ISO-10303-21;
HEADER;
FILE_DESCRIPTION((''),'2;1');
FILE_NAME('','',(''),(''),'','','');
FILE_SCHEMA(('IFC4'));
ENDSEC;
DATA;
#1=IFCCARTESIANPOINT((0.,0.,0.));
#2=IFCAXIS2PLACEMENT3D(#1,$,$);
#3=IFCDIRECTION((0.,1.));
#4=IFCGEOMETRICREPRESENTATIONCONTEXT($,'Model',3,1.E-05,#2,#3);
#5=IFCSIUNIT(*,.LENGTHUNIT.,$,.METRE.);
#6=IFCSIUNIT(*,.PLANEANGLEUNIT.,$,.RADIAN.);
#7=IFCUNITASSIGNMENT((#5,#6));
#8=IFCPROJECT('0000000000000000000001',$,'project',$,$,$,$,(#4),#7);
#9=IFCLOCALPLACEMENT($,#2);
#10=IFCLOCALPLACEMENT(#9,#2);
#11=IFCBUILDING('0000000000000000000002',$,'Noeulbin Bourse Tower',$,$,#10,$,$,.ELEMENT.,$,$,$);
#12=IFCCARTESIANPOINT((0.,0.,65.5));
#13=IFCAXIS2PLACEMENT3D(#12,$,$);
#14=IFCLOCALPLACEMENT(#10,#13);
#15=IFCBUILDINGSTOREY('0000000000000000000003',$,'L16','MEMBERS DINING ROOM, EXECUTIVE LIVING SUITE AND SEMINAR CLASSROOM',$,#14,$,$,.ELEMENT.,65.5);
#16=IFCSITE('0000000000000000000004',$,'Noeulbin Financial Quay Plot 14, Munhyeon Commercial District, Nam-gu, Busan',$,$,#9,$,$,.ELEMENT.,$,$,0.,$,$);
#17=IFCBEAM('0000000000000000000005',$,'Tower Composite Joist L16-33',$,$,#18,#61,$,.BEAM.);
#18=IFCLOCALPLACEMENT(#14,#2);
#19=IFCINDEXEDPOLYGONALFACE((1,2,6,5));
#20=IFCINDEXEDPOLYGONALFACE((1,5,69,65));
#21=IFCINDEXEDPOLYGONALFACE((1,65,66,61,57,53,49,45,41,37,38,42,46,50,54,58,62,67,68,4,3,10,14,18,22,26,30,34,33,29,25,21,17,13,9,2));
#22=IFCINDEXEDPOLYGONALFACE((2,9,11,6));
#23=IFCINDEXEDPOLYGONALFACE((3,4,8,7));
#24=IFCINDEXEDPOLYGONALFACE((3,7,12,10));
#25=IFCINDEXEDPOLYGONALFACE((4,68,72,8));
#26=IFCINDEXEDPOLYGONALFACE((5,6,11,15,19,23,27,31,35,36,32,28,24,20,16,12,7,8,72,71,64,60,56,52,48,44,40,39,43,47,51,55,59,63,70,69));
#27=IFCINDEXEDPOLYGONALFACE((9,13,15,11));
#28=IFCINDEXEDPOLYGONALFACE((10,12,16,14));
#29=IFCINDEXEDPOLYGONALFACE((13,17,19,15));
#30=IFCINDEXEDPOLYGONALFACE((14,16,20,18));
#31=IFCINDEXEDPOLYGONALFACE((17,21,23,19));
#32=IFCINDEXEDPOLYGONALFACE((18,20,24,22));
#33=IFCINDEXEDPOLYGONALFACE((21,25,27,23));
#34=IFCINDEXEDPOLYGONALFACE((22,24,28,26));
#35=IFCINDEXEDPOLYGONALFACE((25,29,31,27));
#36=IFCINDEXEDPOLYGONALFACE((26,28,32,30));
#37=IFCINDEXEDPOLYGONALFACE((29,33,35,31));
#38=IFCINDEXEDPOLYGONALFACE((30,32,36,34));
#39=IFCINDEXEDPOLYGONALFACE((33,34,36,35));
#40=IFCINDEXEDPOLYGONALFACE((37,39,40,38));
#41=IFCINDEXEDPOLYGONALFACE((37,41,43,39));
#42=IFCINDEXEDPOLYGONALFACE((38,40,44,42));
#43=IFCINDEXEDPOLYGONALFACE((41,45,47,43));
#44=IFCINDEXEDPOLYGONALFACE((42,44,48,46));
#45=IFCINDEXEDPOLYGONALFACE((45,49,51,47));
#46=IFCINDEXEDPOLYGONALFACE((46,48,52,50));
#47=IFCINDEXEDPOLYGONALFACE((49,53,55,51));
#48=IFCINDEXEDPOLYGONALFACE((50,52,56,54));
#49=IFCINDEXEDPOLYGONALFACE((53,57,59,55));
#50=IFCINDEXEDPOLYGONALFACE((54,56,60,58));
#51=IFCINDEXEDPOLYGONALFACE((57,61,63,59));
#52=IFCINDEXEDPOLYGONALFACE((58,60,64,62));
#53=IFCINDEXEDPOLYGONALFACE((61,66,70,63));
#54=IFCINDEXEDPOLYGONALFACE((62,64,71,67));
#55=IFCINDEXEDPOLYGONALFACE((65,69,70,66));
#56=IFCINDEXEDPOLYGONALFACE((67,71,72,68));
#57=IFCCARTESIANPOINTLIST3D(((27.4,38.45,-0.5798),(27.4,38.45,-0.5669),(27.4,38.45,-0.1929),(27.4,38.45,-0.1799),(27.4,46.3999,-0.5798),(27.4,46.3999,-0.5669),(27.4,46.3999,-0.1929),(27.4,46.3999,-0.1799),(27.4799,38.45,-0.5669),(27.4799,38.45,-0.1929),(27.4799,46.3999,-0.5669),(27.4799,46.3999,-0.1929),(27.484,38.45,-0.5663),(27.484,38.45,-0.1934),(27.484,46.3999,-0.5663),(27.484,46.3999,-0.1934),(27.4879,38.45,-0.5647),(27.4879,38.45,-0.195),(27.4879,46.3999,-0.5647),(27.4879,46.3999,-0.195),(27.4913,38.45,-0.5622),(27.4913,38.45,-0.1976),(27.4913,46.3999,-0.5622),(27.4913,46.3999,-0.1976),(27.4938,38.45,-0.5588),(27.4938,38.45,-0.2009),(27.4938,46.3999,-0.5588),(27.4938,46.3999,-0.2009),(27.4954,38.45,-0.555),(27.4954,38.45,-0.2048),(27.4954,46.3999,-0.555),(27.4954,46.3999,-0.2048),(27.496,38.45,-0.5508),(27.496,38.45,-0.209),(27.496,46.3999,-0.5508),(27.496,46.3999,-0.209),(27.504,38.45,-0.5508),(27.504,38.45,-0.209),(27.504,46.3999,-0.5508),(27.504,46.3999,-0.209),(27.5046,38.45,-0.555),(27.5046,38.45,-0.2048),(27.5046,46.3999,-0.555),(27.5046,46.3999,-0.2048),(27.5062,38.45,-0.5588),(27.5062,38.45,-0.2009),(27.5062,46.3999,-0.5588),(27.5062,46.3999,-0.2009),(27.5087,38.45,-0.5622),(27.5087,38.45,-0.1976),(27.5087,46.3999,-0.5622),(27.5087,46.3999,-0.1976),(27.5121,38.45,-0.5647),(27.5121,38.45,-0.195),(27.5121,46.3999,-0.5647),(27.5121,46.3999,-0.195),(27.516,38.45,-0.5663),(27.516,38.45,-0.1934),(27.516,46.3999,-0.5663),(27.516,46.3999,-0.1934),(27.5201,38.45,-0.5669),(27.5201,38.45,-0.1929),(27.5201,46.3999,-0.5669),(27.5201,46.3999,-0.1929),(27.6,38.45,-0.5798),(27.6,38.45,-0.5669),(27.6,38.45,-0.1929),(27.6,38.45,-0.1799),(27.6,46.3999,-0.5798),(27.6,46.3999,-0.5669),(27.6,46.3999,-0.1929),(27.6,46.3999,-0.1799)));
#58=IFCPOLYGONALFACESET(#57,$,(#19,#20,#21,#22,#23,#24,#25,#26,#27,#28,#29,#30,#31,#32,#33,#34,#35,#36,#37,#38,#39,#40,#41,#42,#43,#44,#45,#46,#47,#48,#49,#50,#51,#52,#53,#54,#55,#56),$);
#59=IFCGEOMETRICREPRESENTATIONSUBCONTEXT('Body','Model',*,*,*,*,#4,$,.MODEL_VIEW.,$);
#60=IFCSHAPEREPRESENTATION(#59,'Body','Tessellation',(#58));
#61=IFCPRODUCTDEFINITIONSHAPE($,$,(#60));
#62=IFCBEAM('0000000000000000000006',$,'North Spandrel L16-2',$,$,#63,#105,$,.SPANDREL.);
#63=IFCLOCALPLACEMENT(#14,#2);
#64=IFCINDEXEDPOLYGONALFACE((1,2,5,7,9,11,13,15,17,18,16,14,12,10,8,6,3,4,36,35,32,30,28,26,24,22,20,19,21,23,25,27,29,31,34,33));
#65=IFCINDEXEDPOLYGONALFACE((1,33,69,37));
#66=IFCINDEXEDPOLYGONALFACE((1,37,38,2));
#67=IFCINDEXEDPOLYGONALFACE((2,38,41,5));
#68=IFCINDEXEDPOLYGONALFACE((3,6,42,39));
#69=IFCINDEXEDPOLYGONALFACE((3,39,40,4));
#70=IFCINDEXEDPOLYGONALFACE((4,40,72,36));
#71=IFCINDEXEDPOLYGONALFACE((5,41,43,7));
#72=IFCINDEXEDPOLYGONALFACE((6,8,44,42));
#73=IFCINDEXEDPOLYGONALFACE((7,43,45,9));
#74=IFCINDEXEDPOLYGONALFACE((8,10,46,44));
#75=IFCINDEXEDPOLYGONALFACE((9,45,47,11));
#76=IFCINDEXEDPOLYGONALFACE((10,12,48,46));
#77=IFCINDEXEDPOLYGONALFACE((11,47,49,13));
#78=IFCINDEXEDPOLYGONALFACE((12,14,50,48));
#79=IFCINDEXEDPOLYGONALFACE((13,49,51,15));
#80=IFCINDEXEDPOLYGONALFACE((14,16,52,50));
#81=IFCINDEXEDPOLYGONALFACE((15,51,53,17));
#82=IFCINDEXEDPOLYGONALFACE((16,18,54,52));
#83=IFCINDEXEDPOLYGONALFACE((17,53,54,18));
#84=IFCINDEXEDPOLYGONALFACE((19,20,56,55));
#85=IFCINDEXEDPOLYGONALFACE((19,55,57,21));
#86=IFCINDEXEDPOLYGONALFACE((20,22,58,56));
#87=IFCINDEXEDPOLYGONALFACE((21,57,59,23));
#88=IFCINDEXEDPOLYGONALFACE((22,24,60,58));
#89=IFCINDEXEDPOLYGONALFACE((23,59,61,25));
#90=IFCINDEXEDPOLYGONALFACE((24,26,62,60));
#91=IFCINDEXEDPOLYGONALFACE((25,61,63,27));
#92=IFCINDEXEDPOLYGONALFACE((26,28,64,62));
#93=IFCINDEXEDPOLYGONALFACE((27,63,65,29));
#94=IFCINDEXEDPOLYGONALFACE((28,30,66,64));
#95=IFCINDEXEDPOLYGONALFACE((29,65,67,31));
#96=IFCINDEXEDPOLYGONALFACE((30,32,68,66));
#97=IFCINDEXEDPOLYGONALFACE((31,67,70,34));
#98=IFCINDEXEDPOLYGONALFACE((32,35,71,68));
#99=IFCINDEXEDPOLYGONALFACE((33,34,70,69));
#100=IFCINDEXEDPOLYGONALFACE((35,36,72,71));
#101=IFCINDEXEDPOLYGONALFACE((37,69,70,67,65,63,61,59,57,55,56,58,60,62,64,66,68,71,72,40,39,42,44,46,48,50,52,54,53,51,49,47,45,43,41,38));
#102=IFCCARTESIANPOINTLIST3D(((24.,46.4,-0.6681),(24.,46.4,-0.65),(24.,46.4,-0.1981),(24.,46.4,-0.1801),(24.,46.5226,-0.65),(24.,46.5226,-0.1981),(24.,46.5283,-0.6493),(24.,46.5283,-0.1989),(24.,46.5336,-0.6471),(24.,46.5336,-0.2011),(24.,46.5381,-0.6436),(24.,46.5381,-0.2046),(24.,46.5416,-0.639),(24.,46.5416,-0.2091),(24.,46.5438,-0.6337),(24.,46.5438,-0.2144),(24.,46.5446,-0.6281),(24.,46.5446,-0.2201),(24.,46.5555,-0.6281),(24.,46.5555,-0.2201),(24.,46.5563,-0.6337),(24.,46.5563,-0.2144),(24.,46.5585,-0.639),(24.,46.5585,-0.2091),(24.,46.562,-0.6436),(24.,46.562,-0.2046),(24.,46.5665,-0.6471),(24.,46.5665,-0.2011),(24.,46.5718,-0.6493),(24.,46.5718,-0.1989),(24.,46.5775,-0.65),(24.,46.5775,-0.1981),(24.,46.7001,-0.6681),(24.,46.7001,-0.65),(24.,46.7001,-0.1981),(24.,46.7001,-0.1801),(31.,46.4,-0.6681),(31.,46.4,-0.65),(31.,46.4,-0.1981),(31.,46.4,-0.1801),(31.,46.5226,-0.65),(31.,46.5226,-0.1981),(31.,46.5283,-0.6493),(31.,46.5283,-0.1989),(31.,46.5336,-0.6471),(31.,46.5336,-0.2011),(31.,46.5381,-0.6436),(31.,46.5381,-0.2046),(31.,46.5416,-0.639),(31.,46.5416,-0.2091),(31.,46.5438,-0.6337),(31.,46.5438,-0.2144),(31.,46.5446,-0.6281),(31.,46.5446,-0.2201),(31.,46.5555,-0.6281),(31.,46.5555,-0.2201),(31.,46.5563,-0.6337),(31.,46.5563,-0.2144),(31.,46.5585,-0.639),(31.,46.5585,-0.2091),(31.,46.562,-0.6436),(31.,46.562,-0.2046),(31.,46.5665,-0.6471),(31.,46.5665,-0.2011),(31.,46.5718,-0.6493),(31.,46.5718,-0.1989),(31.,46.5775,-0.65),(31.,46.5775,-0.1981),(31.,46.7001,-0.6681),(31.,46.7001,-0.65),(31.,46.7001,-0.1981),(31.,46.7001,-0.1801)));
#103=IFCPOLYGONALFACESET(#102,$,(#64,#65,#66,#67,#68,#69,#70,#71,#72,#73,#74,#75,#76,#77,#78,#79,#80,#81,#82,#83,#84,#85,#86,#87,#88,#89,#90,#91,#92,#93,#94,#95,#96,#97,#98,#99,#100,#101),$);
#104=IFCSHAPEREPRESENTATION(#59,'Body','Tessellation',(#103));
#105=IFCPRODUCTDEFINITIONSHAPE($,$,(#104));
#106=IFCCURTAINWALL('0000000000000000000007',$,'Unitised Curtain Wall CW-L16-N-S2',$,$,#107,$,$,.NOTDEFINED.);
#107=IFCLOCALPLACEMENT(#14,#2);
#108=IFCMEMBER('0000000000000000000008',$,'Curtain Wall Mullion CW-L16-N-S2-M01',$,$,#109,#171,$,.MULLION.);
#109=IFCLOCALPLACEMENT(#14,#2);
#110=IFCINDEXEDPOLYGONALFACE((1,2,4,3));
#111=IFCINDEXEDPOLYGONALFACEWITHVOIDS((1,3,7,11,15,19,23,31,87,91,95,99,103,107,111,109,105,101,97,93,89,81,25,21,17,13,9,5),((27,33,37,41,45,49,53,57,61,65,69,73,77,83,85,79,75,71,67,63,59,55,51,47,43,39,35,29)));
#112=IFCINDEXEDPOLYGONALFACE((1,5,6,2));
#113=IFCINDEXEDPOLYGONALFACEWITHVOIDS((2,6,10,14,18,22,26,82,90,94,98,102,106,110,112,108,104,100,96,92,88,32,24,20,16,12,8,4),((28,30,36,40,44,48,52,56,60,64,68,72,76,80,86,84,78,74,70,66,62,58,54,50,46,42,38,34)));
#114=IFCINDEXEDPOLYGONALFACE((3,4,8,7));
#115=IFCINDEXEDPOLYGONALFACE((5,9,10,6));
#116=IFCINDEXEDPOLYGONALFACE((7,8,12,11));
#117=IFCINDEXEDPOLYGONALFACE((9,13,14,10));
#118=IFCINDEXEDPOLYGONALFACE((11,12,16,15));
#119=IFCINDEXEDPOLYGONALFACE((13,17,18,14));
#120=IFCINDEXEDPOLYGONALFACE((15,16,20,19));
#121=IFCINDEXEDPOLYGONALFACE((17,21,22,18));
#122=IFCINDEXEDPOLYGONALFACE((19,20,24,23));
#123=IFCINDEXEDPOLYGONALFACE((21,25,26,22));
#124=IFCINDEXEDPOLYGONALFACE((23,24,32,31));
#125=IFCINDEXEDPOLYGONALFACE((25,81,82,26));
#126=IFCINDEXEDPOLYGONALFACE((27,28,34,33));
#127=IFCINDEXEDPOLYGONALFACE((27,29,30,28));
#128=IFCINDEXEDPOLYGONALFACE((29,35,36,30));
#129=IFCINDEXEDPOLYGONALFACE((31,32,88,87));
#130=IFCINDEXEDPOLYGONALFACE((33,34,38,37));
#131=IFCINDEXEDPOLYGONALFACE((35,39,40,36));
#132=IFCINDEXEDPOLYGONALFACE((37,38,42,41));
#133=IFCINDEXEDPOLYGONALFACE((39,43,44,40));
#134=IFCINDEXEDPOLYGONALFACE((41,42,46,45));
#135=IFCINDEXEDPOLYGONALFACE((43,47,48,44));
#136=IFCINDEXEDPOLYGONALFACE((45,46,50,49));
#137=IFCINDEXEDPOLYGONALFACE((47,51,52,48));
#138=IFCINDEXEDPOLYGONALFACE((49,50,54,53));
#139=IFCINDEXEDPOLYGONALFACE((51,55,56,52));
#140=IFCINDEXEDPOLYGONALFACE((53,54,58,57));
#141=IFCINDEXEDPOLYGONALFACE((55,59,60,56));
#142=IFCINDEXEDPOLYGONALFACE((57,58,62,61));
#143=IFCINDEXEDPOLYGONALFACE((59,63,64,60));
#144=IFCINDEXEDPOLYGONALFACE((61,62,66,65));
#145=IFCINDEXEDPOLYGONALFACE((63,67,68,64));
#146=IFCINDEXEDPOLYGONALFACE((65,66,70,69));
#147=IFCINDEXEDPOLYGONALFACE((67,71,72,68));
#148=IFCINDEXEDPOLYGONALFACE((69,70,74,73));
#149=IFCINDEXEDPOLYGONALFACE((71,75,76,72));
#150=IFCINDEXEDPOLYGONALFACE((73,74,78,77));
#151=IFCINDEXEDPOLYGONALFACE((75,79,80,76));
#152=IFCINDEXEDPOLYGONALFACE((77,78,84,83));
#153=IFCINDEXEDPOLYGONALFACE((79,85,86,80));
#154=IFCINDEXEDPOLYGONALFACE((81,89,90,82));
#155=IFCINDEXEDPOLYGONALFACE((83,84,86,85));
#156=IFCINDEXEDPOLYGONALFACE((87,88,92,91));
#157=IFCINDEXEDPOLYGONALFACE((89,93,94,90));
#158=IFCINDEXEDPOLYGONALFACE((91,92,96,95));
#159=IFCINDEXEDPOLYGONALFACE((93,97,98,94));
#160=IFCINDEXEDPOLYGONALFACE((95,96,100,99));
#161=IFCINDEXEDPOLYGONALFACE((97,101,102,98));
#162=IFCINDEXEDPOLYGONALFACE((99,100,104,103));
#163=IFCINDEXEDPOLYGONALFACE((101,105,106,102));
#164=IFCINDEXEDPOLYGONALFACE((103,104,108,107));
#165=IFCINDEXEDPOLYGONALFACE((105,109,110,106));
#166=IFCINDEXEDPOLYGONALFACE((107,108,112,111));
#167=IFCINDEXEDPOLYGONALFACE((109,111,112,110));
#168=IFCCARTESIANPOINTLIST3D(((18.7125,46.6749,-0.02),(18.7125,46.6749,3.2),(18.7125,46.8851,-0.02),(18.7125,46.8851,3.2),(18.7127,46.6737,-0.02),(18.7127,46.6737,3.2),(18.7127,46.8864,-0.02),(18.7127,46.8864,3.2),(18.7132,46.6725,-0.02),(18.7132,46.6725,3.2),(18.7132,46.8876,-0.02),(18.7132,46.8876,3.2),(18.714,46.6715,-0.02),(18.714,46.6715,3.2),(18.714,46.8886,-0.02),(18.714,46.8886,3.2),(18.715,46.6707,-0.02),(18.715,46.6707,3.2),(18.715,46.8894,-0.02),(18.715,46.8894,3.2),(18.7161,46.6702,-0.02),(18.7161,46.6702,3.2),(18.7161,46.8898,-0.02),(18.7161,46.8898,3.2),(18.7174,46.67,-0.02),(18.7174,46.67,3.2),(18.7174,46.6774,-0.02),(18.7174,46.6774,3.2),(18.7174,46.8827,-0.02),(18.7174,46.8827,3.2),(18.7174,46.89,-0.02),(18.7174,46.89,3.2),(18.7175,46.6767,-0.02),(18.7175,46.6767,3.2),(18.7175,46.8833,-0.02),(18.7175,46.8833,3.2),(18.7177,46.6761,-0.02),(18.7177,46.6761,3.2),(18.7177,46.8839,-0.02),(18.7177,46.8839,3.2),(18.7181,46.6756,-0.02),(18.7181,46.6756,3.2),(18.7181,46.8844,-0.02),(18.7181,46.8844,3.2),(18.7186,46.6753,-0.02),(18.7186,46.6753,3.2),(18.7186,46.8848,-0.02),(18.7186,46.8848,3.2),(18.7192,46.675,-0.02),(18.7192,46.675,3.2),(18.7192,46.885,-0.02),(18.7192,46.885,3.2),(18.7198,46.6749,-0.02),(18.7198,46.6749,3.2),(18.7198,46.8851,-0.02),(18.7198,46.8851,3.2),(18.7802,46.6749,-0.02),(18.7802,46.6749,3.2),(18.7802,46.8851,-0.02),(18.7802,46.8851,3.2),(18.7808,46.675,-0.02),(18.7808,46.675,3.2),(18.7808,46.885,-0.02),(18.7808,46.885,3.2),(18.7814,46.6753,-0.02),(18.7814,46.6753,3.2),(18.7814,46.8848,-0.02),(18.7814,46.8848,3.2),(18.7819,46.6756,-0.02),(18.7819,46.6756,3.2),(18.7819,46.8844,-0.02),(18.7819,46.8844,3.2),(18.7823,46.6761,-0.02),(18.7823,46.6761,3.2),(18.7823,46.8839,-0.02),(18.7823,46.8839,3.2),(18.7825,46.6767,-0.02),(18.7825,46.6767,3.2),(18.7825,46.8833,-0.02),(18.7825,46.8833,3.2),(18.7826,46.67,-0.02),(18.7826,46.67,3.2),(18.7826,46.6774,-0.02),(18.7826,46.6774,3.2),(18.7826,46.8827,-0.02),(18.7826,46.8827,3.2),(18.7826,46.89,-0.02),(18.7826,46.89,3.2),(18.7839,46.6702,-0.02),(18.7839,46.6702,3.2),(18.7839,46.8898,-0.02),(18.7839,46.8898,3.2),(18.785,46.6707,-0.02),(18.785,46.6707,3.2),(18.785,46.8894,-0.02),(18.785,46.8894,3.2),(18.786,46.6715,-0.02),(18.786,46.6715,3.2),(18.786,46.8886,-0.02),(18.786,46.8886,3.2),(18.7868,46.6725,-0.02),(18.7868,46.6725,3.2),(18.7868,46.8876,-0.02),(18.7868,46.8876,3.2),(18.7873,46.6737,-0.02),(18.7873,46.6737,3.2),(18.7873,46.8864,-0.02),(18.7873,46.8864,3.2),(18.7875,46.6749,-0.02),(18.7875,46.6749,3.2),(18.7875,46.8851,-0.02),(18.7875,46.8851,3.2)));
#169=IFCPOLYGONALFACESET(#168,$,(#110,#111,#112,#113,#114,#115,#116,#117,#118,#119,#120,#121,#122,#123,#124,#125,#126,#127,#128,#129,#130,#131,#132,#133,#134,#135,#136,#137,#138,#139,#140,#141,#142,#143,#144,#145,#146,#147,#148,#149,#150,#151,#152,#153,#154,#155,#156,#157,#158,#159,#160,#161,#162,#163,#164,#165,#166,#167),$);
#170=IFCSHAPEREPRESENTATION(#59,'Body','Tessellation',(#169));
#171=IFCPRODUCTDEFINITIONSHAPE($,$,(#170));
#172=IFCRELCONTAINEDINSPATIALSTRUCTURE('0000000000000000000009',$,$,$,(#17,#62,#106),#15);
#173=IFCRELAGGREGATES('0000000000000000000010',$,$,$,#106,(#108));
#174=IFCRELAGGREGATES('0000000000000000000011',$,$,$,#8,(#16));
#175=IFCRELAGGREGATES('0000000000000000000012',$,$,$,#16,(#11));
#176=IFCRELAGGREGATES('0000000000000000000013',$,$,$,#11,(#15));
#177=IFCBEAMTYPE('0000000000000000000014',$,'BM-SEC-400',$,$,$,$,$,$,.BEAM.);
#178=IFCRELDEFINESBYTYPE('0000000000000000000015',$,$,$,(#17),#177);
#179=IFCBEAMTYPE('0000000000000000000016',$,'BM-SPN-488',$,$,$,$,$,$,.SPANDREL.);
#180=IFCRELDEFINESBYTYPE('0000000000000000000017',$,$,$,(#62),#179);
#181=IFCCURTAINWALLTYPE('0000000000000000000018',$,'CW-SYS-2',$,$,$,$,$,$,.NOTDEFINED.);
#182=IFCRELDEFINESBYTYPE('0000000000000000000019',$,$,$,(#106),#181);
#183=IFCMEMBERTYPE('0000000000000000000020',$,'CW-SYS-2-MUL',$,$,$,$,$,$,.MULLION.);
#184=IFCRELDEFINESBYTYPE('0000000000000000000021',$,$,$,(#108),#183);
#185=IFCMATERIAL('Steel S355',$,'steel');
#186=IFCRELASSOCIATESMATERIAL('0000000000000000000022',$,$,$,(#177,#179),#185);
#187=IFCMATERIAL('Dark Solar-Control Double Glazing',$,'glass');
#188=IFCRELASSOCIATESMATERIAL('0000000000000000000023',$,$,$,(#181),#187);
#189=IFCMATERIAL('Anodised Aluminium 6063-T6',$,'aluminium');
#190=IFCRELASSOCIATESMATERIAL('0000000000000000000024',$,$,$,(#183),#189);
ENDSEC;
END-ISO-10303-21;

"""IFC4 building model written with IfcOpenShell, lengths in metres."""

from ifc_helpers import new_model, si_unit, direction, frame, origin, origin_2d, place, context, subcontext, project, spatial, hollow_rectangle, i_section, extrude, material, material_profile, profile_set, type_object, element, aggregate, save


model = new_model("IFC4")

# Units and contexts
model_context = context("Model", 3, precision=1e-05, world=origin(), true_north=direction((0.0, 1.0)))
body_context = subcontext(model_context, "Body", "Model", "MODEL_VIEW")
ifc_project = project(units=[si_unit("LENGTHUNIT", "METRE"), si_unit("PLANEANGLEUNIT", "RADIAN")], contexts=[model_context])

# Site, building, storey
site_placement = place(None, origin())
site = spatial("IfcSite", under=ifc_project, at=site_placement, Name="Noeulbin Financial Quay Plot 14, Munhyeon Commercial District, Nam-gu, Busan", CompositionType="ELEMENT", RefElevation=0.0)
building_placement = place(site_placement, origin())
building = spatial("IfcBuilding", under=site, at=building_placement, Name="Noeulbin Bourse Tower", CompositionType="ELEMENT")
storey_placement = place(building_placement, frame((0.0, 0.0, 65.5)))
storey = spatial("IfcBuildingStorey", under=building, at=storey_placement, Name="L16", Description="MEMBERS DINING ROOM, EXECUTIVE LIVING SUITE AND SEMINAR CLASSROOM", CompositionType="ELEMENT", Elevation=65.5)

# Beams
ifc_material_1 = material(Name="Steel S355", Category="steel")
ifc_material_profile_1 = material_profile(ifc_material_1, i_section(OverallWidth=0.2, OverallDepth=0.3999, WebThickness=0.0081, FlangeThickness=0.0129, FilletRadius=0.0161, at=origin_2d()), Name="H-400x200x8x13", Category="LoadBearing")
ifc_profile_set_1 = profile_set([ifc_material_profile_1], Name="Steel S355")
beam_type_1 = type_object("IfcBeamType", Name="BM-SEC-400", PredefinedType="BEAM", material=ifc_profile_set_1)
for number, where, z_axis, x_axis, name in (
    (1, (27.5, 38.45, -0.3799), (0.0, 1.0, 0.0), (-1.0, 0.0, 0.0), "Tower Composite Joist L16-33"),
):
    element("IfcBeam", number, at=place(storey_placement, frame(where, z_axis=z_axis, x_axis=x_axis)), inside=storey, type_object=beam_type_1, Name=name, PredefinedType="BEAM", context=body_context, shape_type="SweptSolid", body=[
        extrude(i_section(OverallWidth=0.2, OverallDepth=0.3999, WebThickness=0.0081, FlangeThickness=0.0129, FilletRadius=0.0161, at=origin_2d()), origin(), (0.0, 0.0, 1.0), 7.95),
    ])
ifc_material_profile_2 = material_profile(ifc_material_1, i_section(OverallWidth=0.3, OverallDepth=0.488, WebThickness=0.011, FlangeThickness=0.0181, FilletRadius=0.022, at=origin_2d()), Name="H-488x300x11x18", Category="LoadBearing")
ifc_profile_set_2 = profile_set([ifc_material_profile_2], Name="Steel S355")
beam_type_2 = type_object("IfcBeamType", Name="BM-SPN-488", PredefinedType="SPANDREL", material=ifc_profile_set_2)
beam_1_placement = place(storey_placement, frame((24.0, 46.55, -0.4241), z_axis=(1.0, 0.0, 0.0), x_axis=(0.0, 1.0, 0.0)))
element("IfcBeam", 2, at=beam_1_placement, inside=storey, type_object=beam_type_2, Name="North Spandrel L16-2", PredefinedType="SPANDREL", context=body_context, shape_type="SweptSolid", body=[
    extrude(i_section(OverallWidth=0.3, OverallDepth=0.488, WebThickness=0.011, FlangeThickness=0.0181, FilletRadius=0.022, at=origin_2d()), origin(), (0.0, 0.0, 1.0), 7.0),
])

# Curtain wall, member
ifc_material_2 = material(Name="Dark Solar-Control Double Glazing", Category="glass")
curtain_wall_type = type_object("IfcCurtainWallType", Name="CW-SYS-2", PredefinedType="NOTDEFINED", material=ifc_material_2)
curtain_wall_1_placement = place(storey_placement, origin())
curtain_wall_1 = element("IfcCurtainWall", 3, at=curtain_wall_1_placement, inside=storey, type_object=curtain_wall_type, Name="Unitised Curtain Wall CW-L16-N-S2", PredefinedType="NOTDEFINED")
ifc_material_3 = material(Name="Anodised Aluminium 6063-T6", Category="aluminium")
ifc_material_profile_3 = material_profile(ifc_material_3, hollow_rectangle(XDim=0.075, YDim=0.22, WallThickness=0.0049, InnerFilletRadius=0.0024, OuterFilletRadius=0.0049, at=origin_2d()), Name="ALU-MULL-75x220x5", Category="LoadBearing")
ifc_profile_set_3 = profile_set([ifc_material_profile_3], Name="Anodised Aluminium 6063-T6")
member_type_1 = type_object("IfcMemberType", Name="CW-SYS-2-MUL", PredefinedType="MULLION", material=ifc_profile_set_3)
member_1_placement = place(storey_placement, frame((18.75, 46.78, -0.02), z_axis=(0.0, 0.0, 1.0), x_axis=(1.0, 0.0, 0.0)))
member_1 = element("IfcMember", 4, at=member_1_placement, type_object=member_type_1, Name="Curtain Wall Mullion CW-L16-N-S2-M01", PredefinedType="MULLION", context=body_context, shape_type="SweptSolid", body=[
    extrude(hollow_rectangle(XDim=0.075, YDim=0.22, WallThickness=0.0049, InnerFilletRadius=0.0024, OuterFilletRadius=0.0049, at=origin_2d()), origin(), (0.0, 0.0, 1.0), 3.22),
])

aggregate(curtain_wall_1, [member_1])

save(model, "model.ifc")
